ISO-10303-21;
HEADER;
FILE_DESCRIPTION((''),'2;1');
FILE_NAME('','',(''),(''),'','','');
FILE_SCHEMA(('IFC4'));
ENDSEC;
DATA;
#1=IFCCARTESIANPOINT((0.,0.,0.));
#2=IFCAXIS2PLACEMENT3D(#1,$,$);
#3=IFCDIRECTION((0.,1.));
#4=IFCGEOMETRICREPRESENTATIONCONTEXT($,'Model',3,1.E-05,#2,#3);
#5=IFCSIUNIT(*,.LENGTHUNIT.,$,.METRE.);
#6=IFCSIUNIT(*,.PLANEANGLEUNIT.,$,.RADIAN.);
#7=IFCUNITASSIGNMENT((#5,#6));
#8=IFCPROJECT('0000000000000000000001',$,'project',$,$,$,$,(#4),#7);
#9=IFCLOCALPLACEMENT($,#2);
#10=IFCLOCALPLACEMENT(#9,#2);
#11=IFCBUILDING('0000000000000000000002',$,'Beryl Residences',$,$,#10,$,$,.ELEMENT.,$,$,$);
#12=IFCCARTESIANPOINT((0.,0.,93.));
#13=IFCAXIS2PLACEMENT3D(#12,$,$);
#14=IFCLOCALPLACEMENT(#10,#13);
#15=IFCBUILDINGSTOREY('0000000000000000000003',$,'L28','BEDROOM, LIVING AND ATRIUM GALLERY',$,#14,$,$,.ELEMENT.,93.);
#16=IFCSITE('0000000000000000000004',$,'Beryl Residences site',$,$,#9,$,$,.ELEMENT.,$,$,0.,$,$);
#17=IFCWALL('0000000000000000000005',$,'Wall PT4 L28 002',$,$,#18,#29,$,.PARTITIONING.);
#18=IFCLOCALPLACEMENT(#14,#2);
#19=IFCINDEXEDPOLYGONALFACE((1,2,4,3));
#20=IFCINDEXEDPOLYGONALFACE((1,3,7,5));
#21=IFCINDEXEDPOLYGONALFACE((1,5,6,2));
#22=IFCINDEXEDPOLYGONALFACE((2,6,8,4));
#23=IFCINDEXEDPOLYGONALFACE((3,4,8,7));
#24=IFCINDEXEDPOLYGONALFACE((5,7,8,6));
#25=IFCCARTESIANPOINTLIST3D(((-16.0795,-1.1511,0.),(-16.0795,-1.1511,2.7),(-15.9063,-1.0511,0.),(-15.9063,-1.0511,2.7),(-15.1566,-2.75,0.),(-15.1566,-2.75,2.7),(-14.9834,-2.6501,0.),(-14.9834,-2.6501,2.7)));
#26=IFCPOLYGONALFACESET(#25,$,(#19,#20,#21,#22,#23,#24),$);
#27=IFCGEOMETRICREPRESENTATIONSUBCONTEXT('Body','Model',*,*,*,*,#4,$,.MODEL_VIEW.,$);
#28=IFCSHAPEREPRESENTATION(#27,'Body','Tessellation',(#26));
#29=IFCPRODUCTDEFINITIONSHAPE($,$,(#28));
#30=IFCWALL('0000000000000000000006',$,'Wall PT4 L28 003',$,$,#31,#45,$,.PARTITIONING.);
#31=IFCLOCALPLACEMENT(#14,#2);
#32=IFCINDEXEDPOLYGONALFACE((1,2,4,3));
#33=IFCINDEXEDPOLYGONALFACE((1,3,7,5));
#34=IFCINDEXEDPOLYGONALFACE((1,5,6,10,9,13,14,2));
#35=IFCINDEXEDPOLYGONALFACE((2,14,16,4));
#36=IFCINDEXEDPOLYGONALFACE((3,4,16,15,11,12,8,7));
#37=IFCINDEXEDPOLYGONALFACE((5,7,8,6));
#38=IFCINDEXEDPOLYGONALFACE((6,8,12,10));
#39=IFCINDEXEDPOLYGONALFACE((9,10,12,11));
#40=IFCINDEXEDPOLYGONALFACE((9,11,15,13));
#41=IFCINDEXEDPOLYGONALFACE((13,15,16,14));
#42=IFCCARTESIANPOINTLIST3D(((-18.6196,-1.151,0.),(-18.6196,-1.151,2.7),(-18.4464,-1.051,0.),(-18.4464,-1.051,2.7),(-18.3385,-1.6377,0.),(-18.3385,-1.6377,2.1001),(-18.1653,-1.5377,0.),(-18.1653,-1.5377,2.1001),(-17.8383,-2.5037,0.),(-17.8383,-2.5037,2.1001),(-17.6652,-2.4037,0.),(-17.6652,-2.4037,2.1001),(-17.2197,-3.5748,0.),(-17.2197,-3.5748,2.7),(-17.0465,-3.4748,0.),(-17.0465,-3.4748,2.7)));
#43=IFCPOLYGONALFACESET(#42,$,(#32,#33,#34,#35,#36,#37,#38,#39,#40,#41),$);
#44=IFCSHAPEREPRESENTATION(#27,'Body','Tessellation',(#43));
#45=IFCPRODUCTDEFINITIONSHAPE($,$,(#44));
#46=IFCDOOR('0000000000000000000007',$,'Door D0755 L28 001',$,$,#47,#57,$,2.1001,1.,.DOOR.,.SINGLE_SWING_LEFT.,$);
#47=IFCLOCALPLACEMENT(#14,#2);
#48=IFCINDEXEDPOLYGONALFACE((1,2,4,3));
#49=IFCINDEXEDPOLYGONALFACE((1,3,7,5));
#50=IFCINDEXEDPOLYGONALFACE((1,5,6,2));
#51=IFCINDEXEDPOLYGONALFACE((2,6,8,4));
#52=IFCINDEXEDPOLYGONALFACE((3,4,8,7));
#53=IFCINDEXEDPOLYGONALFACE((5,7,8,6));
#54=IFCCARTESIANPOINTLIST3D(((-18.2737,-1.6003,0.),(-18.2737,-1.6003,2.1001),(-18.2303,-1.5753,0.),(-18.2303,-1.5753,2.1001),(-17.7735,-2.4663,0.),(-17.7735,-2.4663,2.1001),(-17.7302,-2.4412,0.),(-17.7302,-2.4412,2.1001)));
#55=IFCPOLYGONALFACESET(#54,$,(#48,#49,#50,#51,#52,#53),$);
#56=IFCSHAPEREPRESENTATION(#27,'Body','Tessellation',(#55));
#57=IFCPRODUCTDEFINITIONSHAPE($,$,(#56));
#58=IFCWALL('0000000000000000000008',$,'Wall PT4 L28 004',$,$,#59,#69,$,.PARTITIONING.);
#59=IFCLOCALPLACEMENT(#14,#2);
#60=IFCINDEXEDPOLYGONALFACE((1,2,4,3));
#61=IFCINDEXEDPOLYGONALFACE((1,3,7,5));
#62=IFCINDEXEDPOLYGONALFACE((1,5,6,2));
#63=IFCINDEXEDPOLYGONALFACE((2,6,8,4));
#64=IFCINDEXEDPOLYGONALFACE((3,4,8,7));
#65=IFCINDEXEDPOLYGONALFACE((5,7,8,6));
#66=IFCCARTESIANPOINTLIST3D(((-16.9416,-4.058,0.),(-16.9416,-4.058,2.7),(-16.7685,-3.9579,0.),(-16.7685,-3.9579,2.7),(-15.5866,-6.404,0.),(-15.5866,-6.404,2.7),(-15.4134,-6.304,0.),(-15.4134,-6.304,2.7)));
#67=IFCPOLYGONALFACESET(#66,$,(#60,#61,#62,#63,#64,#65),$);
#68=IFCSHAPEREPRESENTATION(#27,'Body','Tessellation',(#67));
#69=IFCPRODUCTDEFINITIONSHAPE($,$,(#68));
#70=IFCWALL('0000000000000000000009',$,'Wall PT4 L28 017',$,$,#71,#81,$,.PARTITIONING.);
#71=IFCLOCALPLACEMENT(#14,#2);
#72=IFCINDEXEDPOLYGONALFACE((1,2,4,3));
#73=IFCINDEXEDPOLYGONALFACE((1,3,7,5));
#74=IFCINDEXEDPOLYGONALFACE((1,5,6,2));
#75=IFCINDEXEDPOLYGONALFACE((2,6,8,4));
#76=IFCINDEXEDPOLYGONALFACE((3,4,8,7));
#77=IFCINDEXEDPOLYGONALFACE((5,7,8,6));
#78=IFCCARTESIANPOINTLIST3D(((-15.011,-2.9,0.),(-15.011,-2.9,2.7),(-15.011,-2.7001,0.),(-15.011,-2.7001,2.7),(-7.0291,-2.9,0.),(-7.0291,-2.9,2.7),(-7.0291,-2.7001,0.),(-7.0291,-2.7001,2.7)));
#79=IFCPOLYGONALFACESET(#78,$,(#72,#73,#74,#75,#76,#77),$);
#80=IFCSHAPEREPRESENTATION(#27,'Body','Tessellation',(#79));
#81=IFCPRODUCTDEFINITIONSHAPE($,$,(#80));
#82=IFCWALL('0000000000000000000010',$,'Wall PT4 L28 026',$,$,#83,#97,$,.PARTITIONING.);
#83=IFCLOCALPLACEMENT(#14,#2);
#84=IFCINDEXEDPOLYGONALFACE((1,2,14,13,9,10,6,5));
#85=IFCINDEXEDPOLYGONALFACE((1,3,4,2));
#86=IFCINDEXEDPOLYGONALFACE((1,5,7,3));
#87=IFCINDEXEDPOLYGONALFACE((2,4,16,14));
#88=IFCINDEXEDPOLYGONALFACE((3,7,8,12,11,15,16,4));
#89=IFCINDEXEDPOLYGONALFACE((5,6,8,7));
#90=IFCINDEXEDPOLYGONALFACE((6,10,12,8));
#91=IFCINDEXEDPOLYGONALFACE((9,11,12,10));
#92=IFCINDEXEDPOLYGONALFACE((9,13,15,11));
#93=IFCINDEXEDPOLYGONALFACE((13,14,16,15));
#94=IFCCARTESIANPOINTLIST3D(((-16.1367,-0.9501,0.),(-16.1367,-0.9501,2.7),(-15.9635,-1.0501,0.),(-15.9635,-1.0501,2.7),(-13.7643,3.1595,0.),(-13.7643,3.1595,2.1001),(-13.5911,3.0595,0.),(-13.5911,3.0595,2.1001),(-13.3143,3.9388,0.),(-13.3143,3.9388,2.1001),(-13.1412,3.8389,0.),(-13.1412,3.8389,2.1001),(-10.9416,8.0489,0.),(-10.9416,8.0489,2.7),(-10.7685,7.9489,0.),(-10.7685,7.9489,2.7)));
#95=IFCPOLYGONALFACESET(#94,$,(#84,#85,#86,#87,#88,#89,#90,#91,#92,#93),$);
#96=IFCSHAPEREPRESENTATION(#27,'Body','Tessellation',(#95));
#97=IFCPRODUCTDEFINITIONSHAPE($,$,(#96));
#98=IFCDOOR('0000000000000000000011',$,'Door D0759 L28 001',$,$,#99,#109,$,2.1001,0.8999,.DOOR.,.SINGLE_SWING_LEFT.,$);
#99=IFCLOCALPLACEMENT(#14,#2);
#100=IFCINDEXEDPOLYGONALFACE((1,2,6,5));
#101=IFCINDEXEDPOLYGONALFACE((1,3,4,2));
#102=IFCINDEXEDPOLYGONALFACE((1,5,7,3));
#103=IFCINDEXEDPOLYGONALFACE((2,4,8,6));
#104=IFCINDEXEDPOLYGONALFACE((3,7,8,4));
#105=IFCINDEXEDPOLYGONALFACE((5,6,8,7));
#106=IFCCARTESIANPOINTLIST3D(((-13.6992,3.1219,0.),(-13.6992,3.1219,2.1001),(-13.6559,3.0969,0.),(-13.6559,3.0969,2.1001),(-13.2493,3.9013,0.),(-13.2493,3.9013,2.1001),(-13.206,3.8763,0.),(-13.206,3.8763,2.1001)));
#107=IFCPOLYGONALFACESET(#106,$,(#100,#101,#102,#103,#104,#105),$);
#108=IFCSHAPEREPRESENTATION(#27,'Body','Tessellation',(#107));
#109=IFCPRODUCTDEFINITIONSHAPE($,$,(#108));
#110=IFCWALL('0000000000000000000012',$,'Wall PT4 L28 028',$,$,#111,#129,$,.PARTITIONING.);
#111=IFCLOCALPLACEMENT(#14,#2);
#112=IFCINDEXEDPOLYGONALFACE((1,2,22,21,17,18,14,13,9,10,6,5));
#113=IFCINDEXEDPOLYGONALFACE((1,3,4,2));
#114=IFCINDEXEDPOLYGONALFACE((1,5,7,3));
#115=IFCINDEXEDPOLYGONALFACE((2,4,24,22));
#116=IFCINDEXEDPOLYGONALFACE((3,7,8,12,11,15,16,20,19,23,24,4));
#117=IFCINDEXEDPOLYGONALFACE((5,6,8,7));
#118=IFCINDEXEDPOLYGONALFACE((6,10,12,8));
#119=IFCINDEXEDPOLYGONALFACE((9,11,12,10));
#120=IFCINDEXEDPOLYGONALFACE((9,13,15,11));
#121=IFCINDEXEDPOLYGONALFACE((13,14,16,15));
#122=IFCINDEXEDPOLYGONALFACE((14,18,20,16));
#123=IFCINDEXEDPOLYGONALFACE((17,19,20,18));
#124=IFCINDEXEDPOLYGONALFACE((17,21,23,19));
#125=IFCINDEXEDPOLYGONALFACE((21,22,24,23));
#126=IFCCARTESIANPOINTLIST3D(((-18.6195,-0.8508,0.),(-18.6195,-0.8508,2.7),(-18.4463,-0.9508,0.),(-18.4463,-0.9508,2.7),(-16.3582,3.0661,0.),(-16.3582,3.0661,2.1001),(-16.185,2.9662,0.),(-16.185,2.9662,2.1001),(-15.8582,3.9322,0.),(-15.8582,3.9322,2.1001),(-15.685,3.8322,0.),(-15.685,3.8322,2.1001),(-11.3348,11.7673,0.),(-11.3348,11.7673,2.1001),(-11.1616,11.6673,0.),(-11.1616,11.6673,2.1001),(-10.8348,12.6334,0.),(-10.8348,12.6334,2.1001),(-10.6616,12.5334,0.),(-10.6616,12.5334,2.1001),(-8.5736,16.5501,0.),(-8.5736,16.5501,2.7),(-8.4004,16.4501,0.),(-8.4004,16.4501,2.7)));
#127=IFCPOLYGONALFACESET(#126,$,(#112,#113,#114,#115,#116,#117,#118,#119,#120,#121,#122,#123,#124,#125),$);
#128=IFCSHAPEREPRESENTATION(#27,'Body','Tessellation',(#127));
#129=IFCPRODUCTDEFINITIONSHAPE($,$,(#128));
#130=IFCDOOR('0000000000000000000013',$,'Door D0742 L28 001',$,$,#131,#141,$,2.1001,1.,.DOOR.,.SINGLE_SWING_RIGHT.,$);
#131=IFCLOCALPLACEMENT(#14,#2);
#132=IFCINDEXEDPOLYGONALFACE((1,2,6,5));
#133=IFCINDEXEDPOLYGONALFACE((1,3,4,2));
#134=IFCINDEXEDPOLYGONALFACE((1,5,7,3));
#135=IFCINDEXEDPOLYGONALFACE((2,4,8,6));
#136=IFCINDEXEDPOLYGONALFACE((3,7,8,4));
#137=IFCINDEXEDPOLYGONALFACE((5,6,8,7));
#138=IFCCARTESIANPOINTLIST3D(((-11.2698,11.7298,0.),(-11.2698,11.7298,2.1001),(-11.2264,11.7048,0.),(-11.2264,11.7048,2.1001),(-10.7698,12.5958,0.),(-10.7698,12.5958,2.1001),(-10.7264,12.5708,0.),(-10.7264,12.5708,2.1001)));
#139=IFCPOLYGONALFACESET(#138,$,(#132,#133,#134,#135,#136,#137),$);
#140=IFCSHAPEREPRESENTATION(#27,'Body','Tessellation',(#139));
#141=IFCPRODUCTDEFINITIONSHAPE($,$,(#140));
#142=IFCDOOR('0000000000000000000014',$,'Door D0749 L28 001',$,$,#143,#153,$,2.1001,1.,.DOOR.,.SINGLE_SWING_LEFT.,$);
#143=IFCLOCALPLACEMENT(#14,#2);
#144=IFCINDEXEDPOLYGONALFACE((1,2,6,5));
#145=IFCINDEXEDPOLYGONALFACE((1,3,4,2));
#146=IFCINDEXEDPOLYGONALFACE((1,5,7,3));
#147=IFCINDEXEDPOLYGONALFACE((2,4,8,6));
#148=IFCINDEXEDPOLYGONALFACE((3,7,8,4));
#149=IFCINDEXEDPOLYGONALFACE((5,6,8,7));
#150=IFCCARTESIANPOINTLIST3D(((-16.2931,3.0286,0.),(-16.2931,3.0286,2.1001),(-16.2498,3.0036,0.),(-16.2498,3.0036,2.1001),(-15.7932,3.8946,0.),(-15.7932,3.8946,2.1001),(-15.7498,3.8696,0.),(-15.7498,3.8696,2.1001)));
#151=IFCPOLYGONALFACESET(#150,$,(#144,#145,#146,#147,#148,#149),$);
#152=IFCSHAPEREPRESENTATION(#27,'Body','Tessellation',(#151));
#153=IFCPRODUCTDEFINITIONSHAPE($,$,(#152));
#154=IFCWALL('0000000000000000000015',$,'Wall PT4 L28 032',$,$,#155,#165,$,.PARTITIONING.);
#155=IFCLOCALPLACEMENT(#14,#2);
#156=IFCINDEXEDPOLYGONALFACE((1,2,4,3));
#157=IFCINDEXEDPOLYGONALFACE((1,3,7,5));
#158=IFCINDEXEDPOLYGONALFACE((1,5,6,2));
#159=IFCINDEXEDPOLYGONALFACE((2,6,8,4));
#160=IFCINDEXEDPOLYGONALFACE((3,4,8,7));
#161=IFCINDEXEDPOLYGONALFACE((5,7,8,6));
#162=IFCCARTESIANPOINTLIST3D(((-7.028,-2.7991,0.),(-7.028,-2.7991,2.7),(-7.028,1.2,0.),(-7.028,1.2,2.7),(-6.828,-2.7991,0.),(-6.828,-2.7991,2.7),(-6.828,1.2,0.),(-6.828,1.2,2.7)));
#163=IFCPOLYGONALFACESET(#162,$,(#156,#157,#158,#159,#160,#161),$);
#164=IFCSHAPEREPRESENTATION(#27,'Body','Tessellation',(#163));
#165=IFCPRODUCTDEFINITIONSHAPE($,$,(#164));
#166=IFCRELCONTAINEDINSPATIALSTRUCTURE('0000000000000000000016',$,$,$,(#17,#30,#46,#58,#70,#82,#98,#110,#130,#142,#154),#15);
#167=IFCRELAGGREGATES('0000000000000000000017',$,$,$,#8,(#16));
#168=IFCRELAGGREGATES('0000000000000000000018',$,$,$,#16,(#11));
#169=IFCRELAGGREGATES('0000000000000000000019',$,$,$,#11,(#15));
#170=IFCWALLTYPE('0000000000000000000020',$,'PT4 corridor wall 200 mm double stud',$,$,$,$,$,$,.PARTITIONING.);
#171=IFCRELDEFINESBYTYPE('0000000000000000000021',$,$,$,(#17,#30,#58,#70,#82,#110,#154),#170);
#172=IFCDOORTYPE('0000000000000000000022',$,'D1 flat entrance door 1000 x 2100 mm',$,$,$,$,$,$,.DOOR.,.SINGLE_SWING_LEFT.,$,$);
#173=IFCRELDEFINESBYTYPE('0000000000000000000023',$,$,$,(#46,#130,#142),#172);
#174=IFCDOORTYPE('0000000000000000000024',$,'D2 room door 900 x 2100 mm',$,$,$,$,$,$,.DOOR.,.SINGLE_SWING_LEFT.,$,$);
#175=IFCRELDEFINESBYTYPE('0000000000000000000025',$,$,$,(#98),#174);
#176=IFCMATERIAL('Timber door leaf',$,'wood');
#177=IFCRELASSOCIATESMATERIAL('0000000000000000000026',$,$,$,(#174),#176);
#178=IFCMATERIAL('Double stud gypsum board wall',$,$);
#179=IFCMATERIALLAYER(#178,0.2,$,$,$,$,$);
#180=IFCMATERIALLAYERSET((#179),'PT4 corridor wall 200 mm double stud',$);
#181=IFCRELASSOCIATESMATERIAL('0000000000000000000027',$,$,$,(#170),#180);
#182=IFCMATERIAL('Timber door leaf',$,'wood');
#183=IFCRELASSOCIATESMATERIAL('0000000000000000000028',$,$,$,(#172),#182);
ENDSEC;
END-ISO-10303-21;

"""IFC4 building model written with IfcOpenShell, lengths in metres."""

from ifc_helpers import new_model, si_unit, direction, frame, frame_2d, origin, place, context, subcontext, project, spatial, rectangle, extrude, material, layer, layer_set, type_object, element, fill, save


model = new_model("IFC4")

# Units and contexts
model_context = context("Model", 3, precision=1e-05, world=origin(), true_north=direction((0.0, 1.0)))
body_context = subcontext(model_context, "Body", "Model", "MODEL_VIEW")
ifc_project = project(units=[si_unit("LENGTHUNIT", "METRE"), si_unit("PLANEANGLEUNIT", "RADIAN")], contexts=[model_context])

# Site, building, storey
site_placement = place(None, origin())
site = spatial("IfcSite", under=ifc_project, at=site_placement, Name="Beryl Residences site", CompositionType="ELEMENT", RefElevation=0.0)
building_placement = place(site_placement, origin())
building = spatial("IfcBuilding", under=site, at=building_placement, Name="Beryl Residences", CompositionType="ELEMENT")
storey_placement = place(building_placement, frame((0.0, 0.0, 93.0)))
storey = spatial("IfcBuildingStorey", under=building, at=storey_placement, Name="L28", Description="BEDROOM, LIVING AND ATRIUM GALLERY", CompositionType="ELEMENT", Elevation=93.0)

# Shared definitions
ifc_material_1 = material(Name="Timber door leaf", Category="wood")
door_type_1 = type_object("IfcDoorType", Name="D2 room door 900 x 2100 mm", OperationType="SINGLE_SWING_LEFT", PredefinedType="DOOR", material=ifc_material_1)

# Wall
ifc_material_2 = material(Name="Double stud gypsum board wall")
ifc_layer_1 = layer(ifc_material_2, 0.2)
ifc_layer_set_1 = layer_set([ifc_layer_1], Name="PT4 corridor wall 200 mm double stud")
wall_type_1 = type_object("IfcWallType", Name="PT4 corridor wall 200 mm double stud", PredefinedType="PARTITIONING", material=ifc_layer_set_1)
wall_1_placement = place(storey_placement, frame((-15.9929, -1.1011, 0.0), z_axis=(0.0, 0.0, 1.0), x_axis=(0.499894, -0.866086, 0.0)))
element("IfcWall", 1, at=wall_1_placement, inside=storey, type_object=wall_type_1, Name="Wall PT4 L28 002", PredefinedType="PARTITIONING", context=body_context, shape_type="SweptSolid", body=[
    extrude(rectangle(XDim=1.8462, YDim=0.2, at=frame_2d((0.9231, 0.0))), origin(), (0.0, 0.0, 1.0), 2.7),
])

# Wall, opening, door
wall_2_placement = place(storey_placement, frame((-18.533, -1.1011, 0.0), z_axis=(0.0, 0.0, 1.0), x_axis=(0.500135, -0.865947, 0.0)))
wall_2 = element("IfcWall", 2, at=wall_2_placement, inside=storey, type_object=wall_type_1, Name="Wall PT4 L28 003", PredefinedType="PARTITIONING", context=body_context, shape_type="SweptSolid", body=[
    extrude(rectangle(XDim=2.7991, YDim=0.2, at=frame_2d((1.3994, 0.0))), origin(), (0.0, 0.0, 1.0), 2.7),
])
opening_1_placement = place(wall_2_placement, frame((0.562, 0.0, 0.0)))
opening_1 = element("IfcOpeningElement", 3, at=opening_1_placement, cuts=wall_2, PredefinedType="OPENING", context=body_context, shape_type="SweptSolid", body=[
    extrude(rectangle(XDim=1.0, YDim=2.1001, at=frame_2d((0.5, 1.05))), frame((0.0, 0.1099, 0.0), z_axis=(0.0, -1.0, 0.0), x_axis=(1.0, 0.0, 0.0)), (0.0, 0.0, 1.0), 0.22),
])
ifc_material_3 = material(Name="Timber door leaf", Category="wood")
door_type_2 = type_object("IfcDoorType", Name="D1 flat entrance door 1000 x 2100 mm", OperationType="SINGLE_SWING_LEFT", PredefinedType="DOOR", material=ifc_material_3)
door_1_placement = place(opening_1_placement, origin())
door_1 = element("IfcDoor", 4, at=door_1_placement, inside=storey, type_object=door_type_2, Name="Door D0755 L28 001", OperationType="SINGLE_SWING_LEFT", OverallHeight=2.1001, OverallWidth=1.0, PredefinedType="DOOR", context=body_context, shape_type="SweptSolid", body=[
    extrude(rectangle(XDim=1.0, YDim=2.1001, at=frame_2d((0.5, 1.05))), frame((0.0, 0.0249, 0.0), z_axis=(0.0, -1.0, 0.0), x_axis=(1.0, 0.0, 0.0)), (0.0, 0.0, 1.0), 0.05),
])
fill(opening_1, door_1)

# Walls
wall_3_placement = place(storey_placement, frame((-16.855, -4.0081, 0.0), z_axis=(0.0, 0.0, 1.0), x_axis=(0.500151, -0.865938, 0.0)))
element("IfcWall", 5, at=wall_3_placement, inside=storey, type_object=wall_type_1, Name="Wall PT4 L28 004", PredefinedType="PARTITIONING", context=body_context, shape_type="SweptSolid", body=[
    extrude(rectangle(XDim=2.7092, YDim=0.2, at=frame_2d((1.3545, 0.0))), origin(), (0.0, 0.0, 1.0), 2.7),
])
wall_4_placement = place(storey_placement, frame((-15.011, -2.8, 0.0), z_axis=(0.0, 0.0, 1.0), x_axis=(1.0, 0.0, 0.0)))
element("IfcWall", 6, at=wall_4_placement, inside=storey, type_object=wall_type_1, Name="Wall PT4 L28 017", PredefinedType="PARTITIONING", context=body_context, shape_type="SweptSolid", body=[
    extrude(rectangle(XDim=7.9819, YDim=0.2, at=frame_2d((3.991, 0.0))), origin(), (0.0, 0.0, 1.0), 2.7),
])

# Wall, opening, door
wall_5_placement = place(storey_placement, frame((-16.05, -1.0, 0.0), z_axis=(0.0, 0.0, 1.0), x_axis=(0.499962, 0.866047, 0.0)))
wall_5 = element("IfcWall", 7, at=wall_5_placement, inside=storey, type_object=wall_type_1, Name="Wall PT4 L28 026", PredefinedType="PARTITIONING", context=body_context, shape_type="SweptSolid", body=[
    extrude(rectangle(XDim=10.3909, YDim=0.2, at=frame_2d((5.1953, 0.0))), origin(), (0.0, 0.0, 1.0), 2.7),
])
opening_2_placement = place(wall_5_placement, frame((4.7451, 0.0, 0.0)))
opening_2 = element("IfcOpeningElement", 8, at=opening_2_placement, cuts=wall_5, PredefinedType="OPENING", context=body_context, shape_type="SweptSolid", body=[
    extrude(rectangle(XDim=0.8999, YDim=2.1001, at=frame_2d((0.45, 1.05))), frame((0.0, 0.1099, 0.0), z_axis=(0.0, -1.0, 0.0), x_axis=(1.0, 0.0, 0.0)), (0.0, 0.0, 1.0), 0.22),
])
door_2_placement = place(opening_2_placement, origin())
door_2 = element("IfcDoor", 9, at=door_2_placement, inside=storey, type_object=door_type_1, Name="Door D0759 L28 001", OperationType="SINGLE_SWING_LEFT", OverallHeight=2.1001, OverallWidth=0.8999, PredefinedType="DOOR", context=body_context, shape_type="SweptSolid", body=[
    extrude(rectangle(XDim=0.8999, YDim=2.1001, at=frame_2d((0.45, 1.05))), frame((0.0, 0.0249, 0.0), z_axis=(0.0, -1.0, 0.0), x_axis=(1.0, 0.0, 0.0)), (0.0, 0.0, 1.0), 0.05),
])
fill(opening_2, door_2)

# Wall, openings, doors
wall_6_placement = place(storey_placement, frame((-18.533, -0.9009, 0.0), z_axis=(0.0, 0.0, 1.0), x_axis=(0.499981, 0.866036, 0.0)))
wall_6 = element("IfcWall", 10, at=wall_6_placement, inside=storey, type_object=wall_type_1, Name="Wall PT4 L28 028", PredefinedType="PARTITIONING", context=body_context, shape_type="SweptSolid", body=[
    extrude(rectangle(XDim=20.0925, YDim=0.2, at=frame_2d((10.0464, 0.0))), origin(), (0.0, 0.0, 1.0), 2.7),
])
opening_3_placement = place(wall_6_placement, frame((14.5701, 0.0, 0.0)))
opening_3 = element("IfcOpeningElement", 11, at=opening_3_placement, cuts=wall_6, PredefinedType="OPENING", context=body_context, shape_type="SweptSolid", body=[
    extrude(rectangle(XDim=1.0, YDim=2.1001, at=frame_2d((0.5, 1.05))), frame((0.0, 0.1099, 0.0), z_axis=(0.0, -1.0, 0.0), x_axis=(1.0, 0.0, 0.0)), (0.0, 0.0, 1.0), 0.22),
])
opening_4_placement = place(wall_6_placement, frame((4.5229, 0.0, 0.0)))
opening_4 = element("IfcOpeningElement", 12, at=opening_4_placement, cuts=wall_6, PredefinedType="OPENING", context=body_context, shape_type="SweptSolid", body=[
    extrude(rectangle(XDim=1.0, YDim=2.1001, at=frame_2d((0.5, 1.05))), frame((0.0, 0.1099, 0.0), z_axis=(0.0, -1.0, 0.0), x_axis=(1.0, 0.0, 0.0)), (0.0, 0.0, 1.0), 0.22),
])
door_3_placement = place(opening_3_placement, origin())
door_3 = element("IfcDoor", 13, at=door_3_placement, inside=storey, type_object=door_type_2, Name="Door D0742 L28 001", OperationType="SINGLE_SWING_RIGHT", OverallHeight=2.1001, OverallWidth=1.0, PredefinedType="DOOR", context=body_context, shape_type="SweptSolid", body=[
    extrude(rectangle(XDim=1.0, YDim=2.1001, at=frame_2d((0.5, 1.05))), frame((0.0, 0.0249, 0.0), z_axis=(0.0, -1.0, 0.0), x_axis=(1.0, 0.0, 0.0)), (0.0, 0.0, 1.0), 0.05),
])
fill(opening_3, door_3)
door_4_placement = place(opening_4_placement, origin())
door_4 = element("IfcDoor", 14, at=door_4_placement, inside=storey, type_object=door_type_2, Name="Door D0749 L28 001", OperationType="SINGLE_SWING_LEFT", OverallHeight=2.1001, OverallWidth=1.0, PredefinedType="DOOR", context=body_context, shape_type="SweptSolid", body=[
    extrude(rectangle(XDim=1.0, YDim=2.1001, at=frame_2d((0.5, 1.05))), frame((0.0, 0.0249, 0.0), z_axis=(0.0, -1.0, 0.0), x_axis=(1.0, 0.0, 0.0)), (0.0, 0.0, 1.0), 0.05),
])
fill(opening_4, door_4)

# Wall
wall_7_placement = place(storey_placement, frame((-6.928, -2.7991, 0.0), z_axis=(0.0, 0.0, 1.0), x_axis=(0.0, 1.0, 0.0)))
element("IfcWall", 15, at=wall_7_placement, inside=storey, type_object=wall_type_1, Name="Wall PT4 L28 032", PredefinedType="PARTITIONING", context=body_context, shape_type="SweptSolid", body=[
    extrude(rectangle(XDim=3.999, YDim=0.2, at=frame_2d((1.9995, 0.0))), origin(), (0.0, 0.0, 1.0), 2.7),
])

save(model, "model.ifc")
